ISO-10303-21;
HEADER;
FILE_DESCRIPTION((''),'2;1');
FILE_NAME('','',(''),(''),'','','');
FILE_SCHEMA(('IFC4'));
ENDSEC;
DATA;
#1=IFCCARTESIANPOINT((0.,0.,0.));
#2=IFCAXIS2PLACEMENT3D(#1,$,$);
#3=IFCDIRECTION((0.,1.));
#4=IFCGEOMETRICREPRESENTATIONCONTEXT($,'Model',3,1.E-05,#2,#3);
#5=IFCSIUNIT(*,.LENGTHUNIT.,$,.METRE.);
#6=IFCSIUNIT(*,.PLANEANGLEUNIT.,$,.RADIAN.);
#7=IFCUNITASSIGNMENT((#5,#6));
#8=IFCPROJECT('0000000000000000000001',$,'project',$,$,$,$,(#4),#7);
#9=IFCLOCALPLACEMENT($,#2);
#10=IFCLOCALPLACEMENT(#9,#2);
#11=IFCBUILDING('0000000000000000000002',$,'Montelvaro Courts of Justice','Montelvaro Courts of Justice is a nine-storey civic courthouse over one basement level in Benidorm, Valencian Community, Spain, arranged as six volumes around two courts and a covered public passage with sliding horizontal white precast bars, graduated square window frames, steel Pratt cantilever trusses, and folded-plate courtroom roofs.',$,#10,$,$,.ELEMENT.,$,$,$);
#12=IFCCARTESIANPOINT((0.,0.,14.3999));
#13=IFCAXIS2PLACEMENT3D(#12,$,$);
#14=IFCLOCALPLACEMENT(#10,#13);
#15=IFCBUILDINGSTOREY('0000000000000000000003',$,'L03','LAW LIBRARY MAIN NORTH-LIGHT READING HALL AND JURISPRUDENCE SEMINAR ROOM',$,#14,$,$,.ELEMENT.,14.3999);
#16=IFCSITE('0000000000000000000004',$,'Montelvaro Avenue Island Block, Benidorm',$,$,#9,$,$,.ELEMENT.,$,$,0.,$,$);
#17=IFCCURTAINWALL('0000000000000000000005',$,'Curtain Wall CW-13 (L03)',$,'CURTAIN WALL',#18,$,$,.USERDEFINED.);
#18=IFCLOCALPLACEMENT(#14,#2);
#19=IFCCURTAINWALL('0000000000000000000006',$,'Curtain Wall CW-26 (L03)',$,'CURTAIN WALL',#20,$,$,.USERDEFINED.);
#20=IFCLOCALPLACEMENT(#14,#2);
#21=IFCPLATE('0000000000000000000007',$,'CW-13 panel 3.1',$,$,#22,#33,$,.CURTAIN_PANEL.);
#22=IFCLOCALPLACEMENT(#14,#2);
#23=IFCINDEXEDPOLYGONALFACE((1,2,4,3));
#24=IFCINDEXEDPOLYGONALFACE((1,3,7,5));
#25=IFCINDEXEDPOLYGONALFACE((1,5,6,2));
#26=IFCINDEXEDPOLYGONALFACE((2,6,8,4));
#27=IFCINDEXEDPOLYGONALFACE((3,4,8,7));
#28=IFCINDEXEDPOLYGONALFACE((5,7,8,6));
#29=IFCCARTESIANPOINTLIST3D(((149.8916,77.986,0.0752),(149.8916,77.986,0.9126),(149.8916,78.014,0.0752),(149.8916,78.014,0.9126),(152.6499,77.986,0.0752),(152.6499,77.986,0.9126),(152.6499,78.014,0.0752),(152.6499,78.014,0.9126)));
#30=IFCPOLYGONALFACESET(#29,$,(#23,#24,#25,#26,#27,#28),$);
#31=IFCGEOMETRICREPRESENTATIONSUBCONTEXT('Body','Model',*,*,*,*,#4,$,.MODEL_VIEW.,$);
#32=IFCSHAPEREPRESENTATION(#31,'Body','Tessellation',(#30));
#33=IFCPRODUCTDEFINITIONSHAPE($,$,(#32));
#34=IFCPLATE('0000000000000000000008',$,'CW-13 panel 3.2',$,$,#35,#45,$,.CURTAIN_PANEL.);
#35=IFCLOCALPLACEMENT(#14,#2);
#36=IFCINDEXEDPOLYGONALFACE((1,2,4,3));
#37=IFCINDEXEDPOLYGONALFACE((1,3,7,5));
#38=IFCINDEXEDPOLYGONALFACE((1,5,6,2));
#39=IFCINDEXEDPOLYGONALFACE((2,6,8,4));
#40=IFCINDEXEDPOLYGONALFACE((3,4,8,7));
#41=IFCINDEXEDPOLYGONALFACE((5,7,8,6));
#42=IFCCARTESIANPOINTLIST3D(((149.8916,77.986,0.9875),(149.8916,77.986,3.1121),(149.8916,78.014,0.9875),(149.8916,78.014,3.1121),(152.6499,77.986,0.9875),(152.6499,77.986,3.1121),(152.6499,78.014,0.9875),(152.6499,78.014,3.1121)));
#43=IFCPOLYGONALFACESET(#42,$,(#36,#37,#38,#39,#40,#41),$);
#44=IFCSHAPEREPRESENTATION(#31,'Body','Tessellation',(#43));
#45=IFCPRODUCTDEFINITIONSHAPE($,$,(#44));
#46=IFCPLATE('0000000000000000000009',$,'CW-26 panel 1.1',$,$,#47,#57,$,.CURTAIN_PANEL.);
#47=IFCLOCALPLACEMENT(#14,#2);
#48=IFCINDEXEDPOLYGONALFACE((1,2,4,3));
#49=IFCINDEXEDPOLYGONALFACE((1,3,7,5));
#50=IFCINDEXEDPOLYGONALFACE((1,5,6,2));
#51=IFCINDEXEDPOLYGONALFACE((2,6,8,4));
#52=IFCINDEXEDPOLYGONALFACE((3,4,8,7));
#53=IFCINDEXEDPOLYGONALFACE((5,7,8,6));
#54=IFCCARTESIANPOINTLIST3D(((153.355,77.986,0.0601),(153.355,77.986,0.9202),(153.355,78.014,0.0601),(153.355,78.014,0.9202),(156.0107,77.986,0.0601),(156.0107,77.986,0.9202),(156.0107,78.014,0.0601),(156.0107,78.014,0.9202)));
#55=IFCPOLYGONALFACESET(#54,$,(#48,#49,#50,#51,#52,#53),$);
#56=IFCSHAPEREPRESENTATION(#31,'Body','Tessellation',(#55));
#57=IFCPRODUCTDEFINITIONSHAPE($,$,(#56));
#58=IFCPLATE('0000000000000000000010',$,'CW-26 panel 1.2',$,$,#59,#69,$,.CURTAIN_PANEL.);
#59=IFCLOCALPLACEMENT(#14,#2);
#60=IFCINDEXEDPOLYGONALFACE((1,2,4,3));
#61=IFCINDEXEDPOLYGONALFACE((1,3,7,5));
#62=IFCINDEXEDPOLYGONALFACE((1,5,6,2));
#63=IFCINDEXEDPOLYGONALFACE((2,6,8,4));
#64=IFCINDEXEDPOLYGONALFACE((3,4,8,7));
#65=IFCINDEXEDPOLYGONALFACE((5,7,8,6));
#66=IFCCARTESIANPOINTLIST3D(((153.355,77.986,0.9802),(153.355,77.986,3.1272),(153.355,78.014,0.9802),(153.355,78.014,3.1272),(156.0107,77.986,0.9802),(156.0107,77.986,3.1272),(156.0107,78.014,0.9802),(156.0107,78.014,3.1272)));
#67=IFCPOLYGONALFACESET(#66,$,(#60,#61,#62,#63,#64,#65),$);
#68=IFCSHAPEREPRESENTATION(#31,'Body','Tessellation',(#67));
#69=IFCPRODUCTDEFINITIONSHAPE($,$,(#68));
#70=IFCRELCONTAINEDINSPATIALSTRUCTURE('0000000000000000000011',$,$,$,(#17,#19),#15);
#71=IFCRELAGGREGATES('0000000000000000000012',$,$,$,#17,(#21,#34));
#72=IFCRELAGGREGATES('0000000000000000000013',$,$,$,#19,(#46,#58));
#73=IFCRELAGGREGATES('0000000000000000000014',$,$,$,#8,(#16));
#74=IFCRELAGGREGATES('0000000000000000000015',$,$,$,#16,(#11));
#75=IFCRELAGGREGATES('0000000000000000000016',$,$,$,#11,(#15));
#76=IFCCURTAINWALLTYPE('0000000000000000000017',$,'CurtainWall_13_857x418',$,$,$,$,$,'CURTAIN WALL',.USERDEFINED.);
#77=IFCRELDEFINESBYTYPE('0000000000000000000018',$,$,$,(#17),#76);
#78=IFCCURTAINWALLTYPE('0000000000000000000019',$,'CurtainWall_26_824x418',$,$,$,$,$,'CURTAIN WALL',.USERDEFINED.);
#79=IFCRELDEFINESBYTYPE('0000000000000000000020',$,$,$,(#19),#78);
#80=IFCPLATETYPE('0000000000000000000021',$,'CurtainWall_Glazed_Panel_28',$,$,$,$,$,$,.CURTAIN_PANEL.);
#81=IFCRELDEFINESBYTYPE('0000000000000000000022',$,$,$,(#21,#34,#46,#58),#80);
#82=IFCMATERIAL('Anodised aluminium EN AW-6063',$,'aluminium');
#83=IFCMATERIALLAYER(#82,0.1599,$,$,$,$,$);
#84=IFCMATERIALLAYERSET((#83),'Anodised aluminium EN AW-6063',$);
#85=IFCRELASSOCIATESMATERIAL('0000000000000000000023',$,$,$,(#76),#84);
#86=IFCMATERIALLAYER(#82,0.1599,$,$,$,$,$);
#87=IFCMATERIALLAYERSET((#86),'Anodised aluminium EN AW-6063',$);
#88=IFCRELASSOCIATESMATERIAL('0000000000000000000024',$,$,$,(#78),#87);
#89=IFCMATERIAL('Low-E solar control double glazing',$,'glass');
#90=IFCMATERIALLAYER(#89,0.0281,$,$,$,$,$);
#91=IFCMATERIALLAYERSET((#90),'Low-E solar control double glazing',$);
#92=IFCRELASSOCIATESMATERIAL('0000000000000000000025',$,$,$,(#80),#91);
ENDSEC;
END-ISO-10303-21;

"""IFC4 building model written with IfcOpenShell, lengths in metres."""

from ifc_helpers import new_model, si_unit, direction, frame, origin, origin_2d, place, context, subcontext, project, spatial, rectangle, extrude, material, layer, layer_set, type_object, element, aggregate, save


model = new_model("IFC4")

# Units and contexts
model_context = context("Model", 3, precision=1e-05, world=origin(), true_north=direction((0.0, 1.0)))
body_context = subcontext(model_context, "Body", "Model", "MODEL_VIEW")
ifc_project = project(units=[si_unit("LENGTHUNIT", "METRE"), si_unit("PLANEANGLEUNIT", "RADIAN")], contexts=[model_context])

# Site, building, storey
site_placement = place(None, origin())
site = spatial("IfcSite", under=ifc_project, at=site_placement, Name="Montelvaro Avenue Island Block, Benidorm", CompositionType="ELEMENT", RefElevation=0.0)
building_placement = place(site_placement, origin())
building = spatial("IfcBuilding", under=site, at=building_placement, Name="Montelvaro Courts of Justice", Description="Montelvaro Courts of Justice is a nine-storey civic courthouse over one basement level in Benidorm, Valencian Community, Spain, arranged as six volumes around two courts and a covered public passage with sliding horizontal white precast bars, graduated square window frames, steel Pratt cantilever trusses, and folded-plate courtroom roofs.", CompositionType="ELEMENT")
storey_placement = place(building_placement, frame((0.0, 0.0, 14.3999)))
storey = spatial("IfcBuildingStorey", under=building, at=storey_placement, Name="L03", Description="LAW LIBRARY MAIN NORTH-LIGHT READING HALL AND JURISPRUDENCE SEMINAR ROOM", CompositionType="ELEMENT", Elevation=14.3999)

# Curtain walls
ifc_material_1 = material(Name="Anodised aluminium EN AW-6063", Category="aluminium")
ifc_layer_1 = layer(ifc_material_1, 0.1599)
ifc_layer_set_1 = layer_set([ifc_layer_1], Name="Anodised aluminium EN AW-6063")
curtain_wall_type_1 = type_object("IfcCurtainWallType", Name="CurtainWall_13_857x418", ElementType="CURTAIN WALL", PredefinedType="USERDEFINED", material=ifc_layer_set_1)
curtain_wall_1_placement = place(storey_placement, origin())
curtain_wall_1 = element("IfcCurtainWall", 1, at=curtain_wall_1_placement, inside=storey, type_object=curtain_wall_type_1, Name="Curtain Wall CW-13 (L03)", ObjectType="CURTAIN WALL", PredefinedType="USERDEFINED")
ifc_layer_2 = layer(ifc_material_1, 0.1599)
ifc_layer_set_2 = layer_set([ifc_layer_2], Name="Anodised aluminium EN AW-6063")
curtain_wall_type_2 = type_object("IfcCurtainWallType", Name="CurtainWall_26_824x418", ElementType="CURTAIN WALL", PredefinedType="USERDEFINED", material=ifc_layer_set_2)
curtain_wall_2_placement = place(storey_placement, origin())
curtain_wall_2 = element("IfcCurtainWall", 2, at=curtain_wall_2_placement, inside=storey, type_object=curtain_wall_type_2, Name="Curtain Wall CW-26 (L03)", ObjectType="CURTAIN WALL", PredefinedType="USERDEFINED")

# Plates
ifc_material_2 = material(Name="Low-E solar control double glazing", Category="glass")
ifc_layer_3 = layer(ifc_material_2, 0.0281)
ifc_layer_set_3 = layer_set([ifc_layer_3], Name="Low-E solar control double glazing")
plate_type = type_object("IfcPlateType", Name="CurtainWall_Glazed_Panel_28", PredefinedType="CURTAIN_PANEL", material=ifc_layer_set_3)
plate_1_placement = place(storey_placement, frame((151.2708, 78.0, 0.0752), z_axis=(0.0, 0.0, 1.0), x_axis=(1.0, 0.0, 0.0)))
plate_1 = element("IfcPlate", 3, at=plate_1_placement, type_object=plate_type, Name="CW-13 panel 3.1", PredefinedType="CURTAIN_PANEL", context=body_context, shape_type="SweptSolid", body=[
    extrude(rectangle(XDim=2.7583, YDim=0.0281, at=origin_2d()), origin(), (0.0, 0.0, 1.0), 0.8374),
])
plate_2_placement = place(storey_placement, frame((151.2708, 78.0, 0.9875), z_axis=(0.0, 0.0, 1.0), x_axis=(1.0, 0.0, 0.0)))
plate_2 = element("IfcPlate", 4, at=plate_2_placement, type_object=plate_type, Name="CW-13 panel 3.2", PredefinedType="CURTAIN_PANEL", context=body_context, shape_type="SweptSolid", body=[
    extrude(rectangle(XDim=2.7583, YDim=0.0281, at=origin_2d()), origin(), (0.0, 0.0, 1.0), 2.1245),
])
aggregate(curtain_wall_1, [plate_1, plate_2])
plate_3_placement = place(storey_placement, frame((154.6829, 78.0, 0.0601), z_axis=(0.0, 0.0, 1.0), x_axis=(1.0, 0.0, 0.0)))
plate_3 = element("IfcPlate", 5, at=plate_3_placement, type_object=plate_type, Name="CW-26 panel 1.1", PredefinedType="CURTAIN_PANEL", context=body_context, shape_type="SweptSolid", body=[
    extrude(rectangle(XDim=2.6558, YDim=0.0281, at=origin_2d()), origin(), (0.0, 0.0, 1.0), 0.8601),
])
plate_4_placement = place(storey_placement, frame((154.6829, 78.0, 0.9802), z_axis=(0.0, 0.0, 1.0), x_axis=(1.0, 0.0, 0.0)))
plate_4 = element("IfcPlate", 6, at=plate_4_placement, type_object=plate_type, Name="CW-26 panel 1.2", PredefinedType="CURTAIN_PANEL", context=body_context, shape_type="SweptSolid", body=[
    extrude(rectangle(XDim=2.6558, YDim=0.0281, at=origin_2d()), origin(), (0.0, 0.0, 1.0), 2.147),
])
aggregate(curtain_wall_2, [plate_3, plate_4])

save(model, "model.ifc")
